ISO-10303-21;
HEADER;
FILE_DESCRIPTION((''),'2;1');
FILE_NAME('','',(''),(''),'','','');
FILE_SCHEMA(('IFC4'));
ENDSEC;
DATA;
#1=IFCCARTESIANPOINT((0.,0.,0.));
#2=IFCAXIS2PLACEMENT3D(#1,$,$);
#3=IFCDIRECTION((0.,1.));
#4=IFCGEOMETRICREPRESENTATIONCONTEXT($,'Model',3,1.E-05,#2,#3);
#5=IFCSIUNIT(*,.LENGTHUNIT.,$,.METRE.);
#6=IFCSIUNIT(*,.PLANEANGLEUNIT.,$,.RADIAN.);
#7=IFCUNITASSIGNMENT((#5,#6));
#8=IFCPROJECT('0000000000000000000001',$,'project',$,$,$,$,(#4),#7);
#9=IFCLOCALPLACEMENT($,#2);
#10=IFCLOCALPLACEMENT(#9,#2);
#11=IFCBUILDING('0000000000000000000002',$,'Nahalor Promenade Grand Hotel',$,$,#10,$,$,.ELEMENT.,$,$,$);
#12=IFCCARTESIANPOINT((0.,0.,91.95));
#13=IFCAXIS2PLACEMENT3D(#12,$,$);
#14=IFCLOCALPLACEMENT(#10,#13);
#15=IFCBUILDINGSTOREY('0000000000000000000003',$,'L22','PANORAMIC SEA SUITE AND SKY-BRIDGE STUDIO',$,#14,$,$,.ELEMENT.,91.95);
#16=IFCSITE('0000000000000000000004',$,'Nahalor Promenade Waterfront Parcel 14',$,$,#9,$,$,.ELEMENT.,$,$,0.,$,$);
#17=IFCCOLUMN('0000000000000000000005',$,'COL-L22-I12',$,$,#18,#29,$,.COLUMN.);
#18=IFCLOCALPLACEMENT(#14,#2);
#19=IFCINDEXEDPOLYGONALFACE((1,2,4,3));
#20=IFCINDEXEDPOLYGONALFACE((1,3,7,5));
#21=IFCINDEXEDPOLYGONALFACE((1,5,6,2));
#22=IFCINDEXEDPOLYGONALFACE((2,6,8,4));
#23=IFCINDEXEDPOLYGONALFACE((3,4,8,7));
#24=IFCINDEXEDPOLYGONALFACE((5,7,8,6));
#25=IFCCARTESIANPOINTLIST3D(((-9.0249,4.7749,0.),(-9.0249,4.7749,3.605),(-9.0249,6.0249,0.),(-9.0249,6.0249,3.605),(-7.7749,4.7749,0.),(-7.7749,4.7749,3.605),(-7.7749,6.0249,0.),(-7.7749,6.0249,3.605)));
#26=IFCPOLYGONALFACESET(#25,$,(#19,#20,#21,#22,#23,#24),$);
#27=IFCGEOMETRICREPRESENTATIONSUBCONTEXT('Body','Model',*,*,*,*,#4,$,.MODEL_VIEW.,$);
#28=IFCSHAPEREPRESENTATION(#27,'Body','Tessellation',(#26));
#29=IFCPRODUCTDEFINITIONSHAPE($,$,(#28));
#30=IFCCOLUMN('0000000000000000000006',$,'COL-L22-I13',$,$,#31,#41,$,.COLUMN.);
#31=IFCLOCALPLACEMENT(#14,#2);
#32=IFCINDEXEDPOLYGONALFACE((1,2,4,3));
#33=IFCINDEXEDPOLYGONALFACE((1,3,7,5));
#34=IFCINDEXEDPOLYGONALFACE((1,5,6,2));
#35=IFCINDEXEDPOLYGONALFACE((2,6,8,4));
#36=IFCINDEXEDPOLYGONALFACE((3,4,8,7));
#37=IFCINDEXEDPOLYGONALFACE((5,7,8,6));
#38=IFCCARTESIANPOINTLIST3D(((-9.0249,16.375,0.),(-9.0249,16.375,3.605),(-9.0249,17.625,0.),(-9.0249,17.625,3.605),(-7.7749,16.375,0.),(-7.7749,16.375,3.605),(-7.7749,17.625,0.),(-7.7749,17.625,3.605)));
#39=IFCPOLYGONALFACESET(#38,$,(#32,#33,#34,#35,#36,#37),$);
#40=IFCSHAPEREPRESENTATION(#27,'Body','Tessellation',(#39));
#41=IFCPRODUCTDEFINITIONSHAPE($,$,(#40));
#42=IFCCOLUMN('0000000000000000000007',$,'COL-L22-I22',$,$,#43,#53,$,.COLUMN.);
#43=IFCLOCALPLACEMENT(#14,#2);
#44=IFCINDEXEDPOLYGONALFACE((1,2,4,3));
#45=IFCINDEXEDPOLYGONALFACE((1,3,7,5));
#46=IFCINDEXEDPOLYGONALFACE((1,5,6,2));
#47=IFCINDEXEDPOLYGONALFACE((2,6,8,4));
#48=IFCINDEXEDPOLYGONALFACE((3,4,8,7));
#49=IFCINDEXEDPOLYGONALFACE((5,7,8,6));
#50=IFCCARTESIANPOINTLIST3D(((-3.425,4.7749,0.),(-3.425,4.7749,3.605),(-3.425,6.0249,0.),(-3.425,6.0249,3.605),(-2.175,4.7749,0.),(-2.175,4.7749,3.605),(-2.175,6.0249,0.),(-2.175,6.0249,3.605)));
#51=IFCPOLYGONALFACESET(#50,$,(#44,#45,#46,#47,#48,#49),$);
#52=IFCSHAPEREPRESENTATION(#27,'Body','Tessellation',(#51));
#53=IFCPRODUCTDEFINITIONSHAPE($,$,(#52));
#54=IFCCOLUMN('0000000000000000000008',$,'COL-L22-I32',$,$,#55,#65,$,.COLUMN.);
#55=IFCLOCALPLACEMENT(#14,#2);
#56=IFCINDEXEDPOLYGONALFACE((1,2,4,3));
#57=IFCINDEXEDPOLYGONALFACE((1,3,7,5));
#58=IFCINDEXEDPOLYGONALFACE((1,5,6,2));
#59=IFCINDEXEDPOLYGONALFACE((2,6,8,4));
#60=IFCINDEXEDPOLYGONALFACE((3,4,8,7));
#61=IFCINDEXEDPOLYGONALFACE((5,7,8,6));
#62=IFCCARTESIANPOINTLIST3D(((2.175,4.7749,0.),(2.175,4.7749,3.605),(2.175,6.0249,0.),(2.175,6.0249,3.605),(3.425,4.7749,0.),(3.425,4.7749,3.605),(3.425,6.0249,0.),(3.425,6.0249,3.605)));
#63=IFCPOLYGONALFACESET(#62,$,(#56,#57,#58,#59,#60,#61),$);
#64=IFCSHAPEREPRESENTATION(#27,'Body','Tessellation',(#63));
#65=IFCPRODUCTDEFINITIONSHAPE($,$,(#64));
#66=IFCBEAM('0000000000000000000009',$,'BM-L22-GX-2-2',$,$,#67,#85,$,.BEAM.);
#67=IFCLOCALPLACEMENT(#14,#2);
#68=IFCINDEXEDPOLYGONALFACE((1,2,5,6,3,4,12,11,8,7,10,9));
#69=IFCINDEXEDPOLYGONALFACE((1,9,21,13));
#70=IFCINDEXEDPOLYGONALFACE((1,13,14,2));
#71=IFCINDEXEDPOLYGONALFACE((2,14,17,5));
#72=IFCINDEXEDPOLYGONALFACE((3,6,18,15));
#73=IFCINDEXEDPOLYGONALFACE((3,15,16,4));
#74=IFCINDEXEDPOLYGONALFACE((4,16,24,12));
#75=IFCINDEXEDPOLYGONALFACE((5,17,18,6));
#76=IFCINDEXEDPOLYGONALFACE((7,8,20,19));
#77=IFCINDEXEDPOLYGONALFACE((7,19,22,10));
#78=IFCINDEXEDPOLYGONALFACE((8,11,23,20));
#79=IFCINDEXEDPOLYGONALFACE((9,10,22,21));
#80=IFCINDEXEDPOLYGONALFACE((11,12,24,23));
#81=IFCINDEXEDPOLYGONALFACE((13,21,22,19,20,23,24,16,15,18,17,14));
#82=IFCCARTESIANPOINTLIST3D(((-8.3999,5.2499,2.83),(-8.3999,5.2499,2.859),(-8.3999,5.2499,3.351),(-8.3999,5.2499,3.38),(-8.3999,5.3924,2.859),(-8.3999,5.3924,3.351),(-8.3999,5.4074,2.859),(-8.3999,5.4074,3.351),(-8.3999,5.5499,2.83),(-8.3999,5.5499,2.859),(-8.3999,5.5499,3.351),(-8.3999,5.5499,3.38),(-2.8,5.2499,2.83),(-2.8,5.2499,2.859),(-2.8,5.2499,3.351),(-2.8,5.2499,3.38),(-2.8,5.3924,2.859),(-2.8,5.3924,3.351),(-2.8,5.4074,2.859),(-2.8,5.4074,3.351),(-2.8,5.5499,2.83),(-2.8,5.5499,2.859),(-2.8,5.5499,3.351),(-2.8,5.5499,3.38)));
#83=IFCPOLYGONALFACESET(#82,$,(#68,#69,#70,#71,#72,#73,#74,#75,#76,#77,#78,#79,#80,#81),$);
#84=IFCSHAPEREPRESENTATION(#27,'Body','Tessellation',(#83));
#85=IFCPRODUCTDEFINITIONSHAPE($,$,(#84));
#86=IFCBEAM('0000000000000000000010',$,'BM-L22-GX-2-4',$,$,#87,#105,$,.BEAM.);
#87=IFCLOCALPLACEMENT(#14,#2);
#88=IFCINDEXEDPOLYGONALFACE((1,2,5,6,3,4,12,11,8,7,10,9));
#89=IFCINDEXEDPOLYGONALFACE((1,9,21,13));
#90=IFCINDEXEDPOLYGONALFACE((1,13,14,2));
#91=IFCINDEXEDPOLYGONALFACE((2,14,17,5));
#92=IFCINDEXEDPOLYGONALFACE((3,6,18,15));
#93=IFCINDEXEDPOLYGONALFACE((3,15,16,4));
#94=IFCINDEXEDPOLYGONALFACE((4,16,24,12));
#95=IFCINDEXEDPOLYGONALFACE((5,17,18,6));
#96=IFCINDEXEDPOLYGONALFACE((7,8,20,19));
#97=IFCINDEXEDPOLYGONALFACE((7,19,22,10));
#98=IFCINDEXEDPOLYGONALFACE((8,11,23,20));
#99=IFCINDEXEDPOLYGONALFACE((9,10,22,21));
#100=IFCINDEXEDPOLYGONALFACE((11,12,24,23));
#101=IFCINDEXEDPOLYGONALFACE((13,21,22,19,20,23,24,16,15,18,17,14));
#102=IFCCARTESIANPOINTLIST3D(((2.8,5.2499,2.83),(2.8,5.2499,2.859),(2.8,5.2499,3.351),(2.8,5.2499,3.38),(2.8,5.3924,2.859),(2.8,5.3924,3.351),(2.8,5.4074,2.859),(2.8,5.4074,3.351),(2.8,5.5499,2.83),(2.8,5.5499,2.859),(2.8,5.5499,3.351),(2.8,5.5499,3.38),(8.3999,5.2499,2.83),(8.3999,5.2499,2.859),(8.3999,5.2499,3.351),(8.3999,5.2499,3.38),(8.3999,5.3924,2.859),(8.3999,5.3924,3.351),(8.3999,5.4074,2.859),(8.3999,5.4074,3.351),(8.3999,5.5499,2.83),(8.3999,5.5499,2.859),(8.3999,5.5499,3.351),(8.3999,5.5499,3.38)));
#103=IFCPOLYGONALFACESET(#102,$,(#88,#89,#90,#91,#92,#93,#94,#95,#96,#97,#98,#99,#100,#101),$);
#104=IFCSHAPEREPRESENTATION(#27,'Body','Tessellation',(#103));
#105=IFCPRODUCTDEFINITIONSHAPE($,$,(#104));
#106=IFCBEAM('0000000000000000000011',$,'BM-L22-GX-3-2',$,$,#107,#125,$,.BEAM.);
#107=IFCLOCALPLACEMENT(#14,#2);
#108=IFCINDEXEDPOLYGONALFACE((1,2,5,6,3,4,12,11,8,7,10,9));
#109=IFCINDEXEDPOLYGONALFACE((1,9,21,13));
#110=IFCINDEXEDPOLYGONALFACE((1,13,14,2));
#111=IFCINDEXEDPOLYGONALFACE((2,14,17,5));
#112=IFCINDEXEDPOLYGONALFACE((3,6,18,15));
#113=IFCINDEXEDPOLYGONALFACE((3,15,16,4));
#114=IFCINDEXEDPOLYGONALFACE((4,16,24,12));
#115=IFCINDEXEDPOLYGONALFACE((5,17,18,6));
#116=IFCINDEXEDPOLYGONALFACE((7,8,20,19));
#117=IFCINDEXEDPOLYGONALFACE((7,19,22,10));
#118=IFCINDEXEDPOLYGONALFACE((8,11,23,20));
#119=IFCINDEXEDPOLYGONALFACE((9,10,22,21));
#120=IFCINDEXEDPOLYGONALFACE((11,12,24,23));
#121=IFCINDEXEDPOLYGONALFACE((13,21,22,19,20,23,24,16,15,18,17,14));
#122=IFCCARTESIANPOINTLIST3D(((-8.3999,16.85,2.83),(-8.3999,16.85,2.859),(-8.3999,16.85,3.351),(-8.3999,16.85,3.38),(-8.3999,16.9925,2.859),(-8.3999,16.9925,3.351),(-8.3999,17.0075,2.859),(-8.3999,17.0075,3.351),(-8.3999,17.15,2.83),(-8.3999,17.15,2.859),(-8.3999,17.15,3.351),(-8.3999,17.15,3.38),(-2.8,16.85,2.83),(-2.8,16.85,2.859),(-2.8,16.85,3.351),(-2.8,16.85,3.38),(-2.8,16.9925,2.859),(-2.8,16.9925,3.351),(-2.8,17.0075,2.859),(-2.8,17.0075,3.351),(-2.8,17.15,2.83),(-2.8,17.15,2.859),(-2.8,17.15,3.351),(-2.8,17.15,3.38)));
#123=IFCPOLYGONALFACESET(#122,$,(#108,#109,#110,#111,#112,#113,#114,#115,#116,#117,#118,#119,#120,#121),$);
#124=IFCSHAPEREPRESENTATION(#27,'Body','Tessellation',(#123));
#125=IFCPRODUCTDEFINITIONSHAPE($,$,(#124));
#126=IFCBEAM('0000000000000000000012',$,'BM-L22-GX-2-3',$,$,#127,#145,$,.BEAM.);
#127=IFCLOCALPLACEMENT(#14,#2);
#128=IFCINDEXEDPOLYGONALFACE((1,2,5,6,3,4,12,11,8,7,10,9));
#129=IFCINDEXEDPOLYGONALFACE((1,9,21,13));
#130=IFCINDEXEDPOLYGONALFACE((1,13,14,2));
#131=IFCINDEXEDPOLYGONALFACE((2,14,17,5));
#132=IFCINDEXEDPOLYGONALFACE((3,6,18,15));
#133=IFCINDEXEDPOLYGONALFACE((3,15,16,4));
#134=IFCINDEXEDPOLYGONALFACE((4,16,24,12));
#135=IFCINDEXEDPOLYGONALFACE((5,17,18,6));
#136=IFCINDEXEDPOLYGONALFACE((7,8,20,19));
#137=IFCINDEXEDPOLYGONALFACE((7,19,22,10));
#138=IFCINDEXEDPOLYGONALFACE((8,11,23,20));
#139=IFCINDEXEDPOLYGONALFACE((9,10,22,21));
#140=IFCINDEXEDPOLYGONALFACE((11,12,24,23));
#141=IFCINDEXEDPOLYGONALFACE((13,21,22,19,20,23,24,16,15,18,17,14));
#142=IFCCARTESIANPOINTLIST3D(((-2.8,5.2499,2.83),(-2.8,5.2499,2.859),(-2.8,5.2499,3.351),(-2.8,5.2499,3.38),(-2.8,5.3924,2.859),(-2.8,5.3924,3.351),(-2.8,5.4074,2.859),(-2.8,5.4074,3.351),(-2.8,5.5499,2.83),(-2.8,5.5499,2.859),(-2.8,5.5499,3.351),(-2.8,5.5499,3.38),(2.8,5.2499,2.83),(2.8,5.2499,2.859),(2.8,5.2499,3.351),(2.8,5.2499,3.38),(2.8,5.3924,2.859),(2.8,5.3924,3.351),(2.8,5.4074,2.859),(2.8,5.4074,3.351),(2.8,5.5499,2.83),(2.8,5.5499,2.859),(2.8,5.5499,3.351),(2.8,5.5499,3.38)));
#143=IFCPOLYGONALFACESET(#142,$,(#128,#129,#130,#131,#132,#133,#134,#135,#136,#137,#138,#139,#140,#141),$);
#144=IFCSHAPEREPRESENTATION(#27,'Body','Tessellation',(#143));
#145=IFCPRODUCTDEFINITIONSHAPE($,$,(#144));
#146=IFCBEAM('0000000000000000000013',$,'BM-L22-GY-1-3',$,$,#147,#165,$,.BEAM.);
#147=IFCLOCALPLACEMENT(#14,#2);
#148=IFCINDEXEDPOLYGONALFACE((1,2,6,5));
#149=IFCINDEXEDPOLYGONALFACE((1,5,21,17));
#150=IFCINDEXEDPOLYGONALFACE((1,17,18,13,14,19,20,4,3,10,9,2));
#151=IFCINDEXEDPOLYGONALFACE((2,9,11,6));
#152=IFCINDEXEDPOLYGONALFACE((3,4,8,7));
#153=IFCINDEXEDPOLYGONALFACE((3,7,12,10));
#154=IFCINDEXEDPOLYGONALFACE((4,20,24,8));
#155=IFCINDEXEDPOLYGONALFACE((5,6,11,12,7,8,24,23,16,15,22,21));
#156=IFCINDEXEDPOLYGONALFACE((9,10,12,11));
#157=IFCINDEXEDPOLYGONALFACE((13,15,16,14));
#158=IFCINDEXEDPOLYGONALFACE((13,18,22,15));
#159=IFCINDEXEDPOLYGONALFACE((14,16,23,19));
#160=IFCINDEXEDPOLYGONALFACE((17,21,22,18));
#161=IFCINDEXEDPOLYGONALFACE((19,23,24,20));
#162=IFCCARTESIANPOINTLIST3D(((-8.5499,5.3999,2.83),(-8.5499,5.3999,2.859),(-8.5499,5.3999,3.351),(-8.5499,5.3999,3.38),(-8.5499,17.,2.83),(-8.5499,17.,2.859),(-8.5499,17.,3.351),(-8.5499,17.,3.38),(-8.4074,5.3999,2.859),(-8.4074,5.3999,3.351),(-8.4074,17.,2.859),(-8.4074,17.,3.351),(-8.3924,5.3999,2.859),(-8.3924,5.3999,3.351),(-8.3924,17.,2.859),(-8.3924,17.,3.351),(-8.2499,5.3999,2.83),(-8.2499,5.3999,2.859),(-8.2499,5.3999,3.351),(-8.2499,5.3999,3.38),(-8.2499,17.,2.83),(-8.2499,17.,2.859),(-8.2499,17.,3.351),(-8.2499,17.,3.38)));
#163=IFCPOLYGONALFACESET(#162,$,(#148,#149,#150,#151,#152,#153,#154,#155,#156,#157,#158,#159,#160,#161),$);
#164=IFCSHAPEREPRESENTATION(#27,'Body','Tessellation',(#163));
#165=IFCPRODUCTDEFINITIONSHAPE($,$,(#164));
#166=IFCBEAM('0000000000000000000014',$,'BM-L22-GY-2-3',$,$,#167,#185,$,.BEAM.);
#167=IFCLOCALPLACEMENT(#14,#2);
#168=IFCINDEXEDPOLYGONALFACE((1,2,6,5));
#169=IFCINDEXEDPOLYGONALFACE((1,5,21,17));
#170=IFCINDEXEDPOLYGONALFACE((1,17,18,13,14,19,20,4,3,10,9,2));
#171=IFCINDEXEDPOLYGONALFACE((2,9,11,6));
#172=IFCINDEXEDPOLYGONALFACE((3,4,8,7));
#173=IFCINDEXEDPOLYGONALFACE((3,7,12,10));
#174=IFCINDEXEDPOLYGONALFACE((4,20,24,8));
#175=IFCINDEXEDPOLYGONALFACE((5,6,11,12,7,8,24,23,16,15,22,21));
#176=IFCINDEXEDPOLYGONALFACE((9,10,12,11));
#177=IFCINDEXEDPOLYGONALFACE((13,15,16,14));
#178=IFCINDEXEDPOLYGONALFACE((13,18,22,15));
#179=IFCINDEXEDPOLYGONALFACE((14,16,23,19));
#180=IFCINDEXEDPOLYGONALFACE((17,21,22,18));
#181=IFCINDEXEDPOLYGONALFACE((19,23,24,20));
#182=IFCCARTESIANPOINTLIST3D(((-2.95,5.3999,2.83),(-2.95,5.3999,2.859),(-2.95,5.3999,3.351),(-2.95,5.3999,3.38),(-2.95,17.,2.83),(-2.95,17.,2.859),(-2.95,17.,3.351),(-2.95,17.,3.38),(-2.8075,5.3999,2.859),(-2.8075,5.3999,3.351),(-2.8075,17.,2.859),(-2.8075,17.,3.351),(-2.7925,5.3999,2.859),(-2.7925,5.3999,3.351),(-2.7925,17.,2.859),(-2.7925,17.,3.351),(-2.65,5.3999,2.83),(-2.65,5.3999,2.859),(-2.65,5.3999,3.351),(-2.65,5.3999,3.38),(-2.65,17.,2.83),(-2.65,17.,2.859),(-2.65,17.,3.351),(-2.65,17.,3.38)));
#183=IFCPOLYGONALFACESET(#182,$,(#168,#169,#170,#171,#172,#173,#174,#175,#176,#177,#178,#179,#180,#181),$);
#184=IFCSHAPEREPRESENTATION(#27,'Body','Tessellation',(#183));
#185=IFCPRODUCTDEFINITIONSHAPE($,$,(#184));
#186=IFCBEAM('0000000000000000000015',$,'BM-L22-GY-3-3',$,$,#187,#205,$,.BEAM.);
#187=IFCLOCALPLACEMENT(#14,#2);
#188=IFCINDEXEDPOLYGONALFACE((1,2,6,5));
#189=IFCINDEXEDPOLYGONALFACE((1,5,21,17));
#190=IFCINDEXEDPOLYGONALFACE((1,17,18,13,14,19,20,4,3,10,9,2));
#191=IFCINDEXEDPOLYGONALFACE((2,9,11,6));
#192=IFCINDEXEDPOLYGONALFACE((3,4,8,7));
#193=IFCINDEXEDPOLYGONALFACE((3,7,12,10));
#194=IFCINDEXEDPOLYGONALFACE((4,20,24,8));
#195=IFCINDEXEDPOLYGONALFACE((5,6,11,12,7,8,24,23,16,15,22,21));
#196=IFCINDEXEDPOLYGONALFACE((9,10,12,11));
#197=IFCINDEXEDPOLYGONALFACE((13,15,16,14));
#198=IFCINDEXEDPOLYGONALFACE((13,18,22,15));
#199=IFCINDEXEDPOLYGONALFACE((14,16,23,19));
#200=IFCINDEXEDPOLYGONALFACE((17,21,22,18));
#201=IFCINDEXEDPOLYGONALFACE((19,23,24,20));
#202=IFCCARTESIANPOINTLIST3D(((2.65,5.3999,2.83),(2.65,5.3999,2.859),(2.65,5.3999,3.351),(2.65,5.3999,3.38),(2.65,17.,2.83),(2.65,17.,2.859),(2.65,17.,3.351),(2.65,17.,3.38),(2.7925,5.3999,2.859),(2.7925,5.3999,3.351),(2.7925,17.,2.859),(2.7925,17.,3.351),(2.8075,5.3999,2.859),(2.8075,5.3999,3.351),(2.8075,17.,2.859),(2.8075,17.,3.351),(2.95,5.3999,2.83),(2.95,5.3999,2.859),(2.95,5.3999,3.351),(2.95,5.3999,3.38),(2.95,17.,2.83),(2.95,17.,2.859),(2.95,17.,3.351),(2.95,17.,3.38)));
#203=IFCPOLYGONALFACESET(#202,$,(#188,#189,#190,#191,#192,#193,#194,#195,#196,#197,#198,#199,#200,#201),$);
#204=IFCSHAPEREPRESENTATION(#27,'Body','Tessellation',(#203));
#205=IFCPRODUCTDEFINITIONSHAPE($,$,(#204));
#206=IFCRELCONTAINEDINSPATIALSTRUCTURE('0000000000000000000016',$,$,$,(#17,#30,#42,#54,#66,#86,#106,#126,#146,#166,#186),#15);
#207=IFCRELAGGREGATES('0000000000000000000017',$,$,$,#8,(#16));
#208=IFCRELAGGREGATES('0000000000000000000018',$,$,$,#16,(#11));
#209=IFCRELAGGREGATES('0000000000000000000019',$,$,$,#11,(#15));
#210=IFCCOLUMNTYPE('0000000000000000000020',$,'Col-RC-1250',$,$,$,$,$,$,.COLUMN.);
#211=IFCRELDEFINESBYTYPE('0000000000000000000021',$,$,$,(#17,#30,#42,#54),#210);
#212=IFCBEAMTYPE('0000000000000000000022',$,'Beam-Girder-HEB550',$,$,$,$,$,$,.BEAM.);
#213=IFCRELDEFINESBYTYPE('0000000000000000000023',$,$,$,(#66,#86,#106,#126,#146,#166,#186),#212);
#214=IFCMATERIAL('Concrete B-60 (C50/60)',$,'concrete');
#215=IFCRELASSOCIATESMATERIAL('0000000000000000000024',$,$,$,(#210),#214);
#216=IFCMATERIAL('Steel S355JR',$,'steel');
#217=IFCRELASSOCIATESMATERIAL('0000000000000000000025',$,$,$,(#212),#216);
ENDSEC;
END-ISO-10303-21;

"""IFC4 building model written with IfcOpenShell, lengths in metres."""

from ifc_helpers import new_model, si_unit, direction, frame, origin, origin_2d, place, context, subcontext, project, spatial, rectangle, i_section, extrude, source, transform, mapped, material, material_profile, profile_set, type_object, element, save


model = new_model("IFC4")

# Units and contexts
model_context = context("Model", 3, precision=1e-05, world=origin(), true_north=direction((0.0, 1.0)))
body_context = subcontext(model_context, "Body", "Model", "MODEL_VIEW")
ifc_project = project(units=[si_unit("LENGTHUNIT", "METRE"), si_unit("PLANEANGLEUNIT", "RADIAN")], contexts=[model_context])

# Site, building, storey
site_placement = place(None, origin())
site = spatial("IfcSite", under=ifc_project, at=site_placement, Name="Nahalor Promenade Waterfront Parcel 14", CompositionType="ELEMENT", RefElevation=0.0)
building_placement = place(site_placement, origin())
building = spatial("IfcBuilding", under=site, at=building_placement, Name="Nahalor Promenade Grand Hotel", CompositionType="ELEMENT")
storey_placement = place(building_placement, frame((0.0, 0.0, 91.95)))
storey = spatial("IfcBuildingStorey", under=building, at=storey_placement, Name="L22", Description="PANORAMIC SEA SUITE AND SKY-BRIDGE STUDIO", CompositionType="ELEMENT", Elevation=91.95)

# Columns
ifc_material_1 = material(Name="Concrete B-60 (C50/60)", Category="concrete")
ifc_material_profile_1 = material_profile(ifc_material_1, rectangle(XDim=1.25, YDim=1.25, at=origin_2d()), Name="RC 1250x1250")
ifc_profile_set_1 = profile_set([ifc_material_profile_1], Name="Concrete B-60 (C50/60)")
column_type = type_object("IfcColumnType", Name="Col-RC-1250", PredefinedType="COLUMN", material=ifc_profile_set_1)
shared_shape_1 = source(origin(), body_context, "Body", "SweptSolid", [
    extrude(rectangle(XDim=1.25, YDim=1.25, at=origin_2d()), origin(), (0.0, 0.0, 1.0), 3.605),
])
for number, where, z_axis, x_axis, name in (
    (1, (-8.3999, 5.3999, 0.0), (0.0, 0.0, 1.0), (1.0, 0.0, 0.0), "COL-L22-I12"),
    (2, (-8.3999, 17.0, 0.0), (0.0, 0.0, 1.0), (1.0, 0.0, 0.0), "COL-L22-I13"),
    (3, (-2.8, 5.3999, 0.0), (0.0, 0.0, 1.0), (1.0, 0.0, 0.0), "COL-L22-I22"),
    (4, (2.8, 5.3999, 0.0), (0.0, 0.0, 1.0), (1.0, 0.0, 0.0), "COL-L22-I32"),
):
    element("IfcColumn", number, at=place(storey_placement, frame(where, z_axis=z_axis, x_axis=x_axis)), inside=storey, type_object=column_type, Name=name, PredefinedType="COLUMN", context=body_context, shape_type="MappedRepresentation", body=[
        mapped(shared_shape_1, transform((0.0, 0.0, 0.0), scale=1.0)),
    ])

# Beams
ifc_material_2 = material(Name="Steel S355JR", Category="steel")
ifc_material_profile_2 = material_profile(ifc_material_2, i_section(OverallWidth=0.3, OverallDepth=0.55, WebThickness=0.015, FlangeThickness=0.029, at=origin_2d()), Name="HEB 550")
ifc_profile_set_2 = profile_set([ifc_material_profile_2], Name="Steel S355JR")
beam_type_1 = type_object("IfcBeamType", Name="Beam-Girder-HEB550", PredefinedType="BEAM", material=ifc_profile_set_2)
shared_shape_2 = source(origin(), body_context, "Body", "SweptSolid", [
    extrude(i_section(OverallWidth=0.3, OverallDepth=0.55, WebThickness=0.015, FlangeThickness=0.029, at=origin_2d()), origin(), (0.0, 0.0, 1.0), 5.5999),
])
for number, where, z_axis, x_axis, name in (
    (5, (-8.3999, 5.3999, 3.105), (1.0, 0.0, 0.0), (0.0, 1.0, 0.0), "BM-L22-GX-2-2"),
    (6, (2.8, 5.3999, 3.105), (1.0, 0.0, 0.0), (0.0, 1.0, 0.0), "BM-L22-GX-2-4"),
    (7, (-8.3999, 17.0, 3.105), (1.0, 0.0, 0.0), (0.0, 1.0, 0.0), "BM-L22-GX-3-2"),
):
    element("IfcBeam", number, at=place(storey_placement, frame(where, z_axis=z_axis, x_axis=x_axis)), inside=storey, type_object=beam_type_1, Name=name, PredefinedType="BEAM", context=body_context, shape_type="MappedRepresentation", body=[
        mapped(shared_shape_2, transform((0.0, 0.0, 0.0), scale=1.0)),
    ])
shared_shape_3 = source(origin(), body_context, "Body", "SweptSolid", [
    extrude(i_section(OverallWidth=0.3, OverallDepth=0.55, WebThickness=0.015, FlangeThickness=0.029, at=origin_2d()), origin(), (0.0, 0.0, 1.0), 5.6001),
])
beam_placement = place(storey_placement, frame((-2.8, 5.3999, 3.105), z_axis=(1.0, 0.0, 0.0), x_axis=(0.0, 1.0, 0.0)))
element("IfcBeam", 8, at=beam_placement, inside=storey, type_object=beam_type_1, Name="BM-L22-GX-2-3", PredefinedType="BEAM", context=body_context, shape_type="MappedRepresentation", body=[
    mapped(shared_shape_3, transform((0.0, 0.0, 0.0), scale=1.0)),
])
shared_shape_4 = source(origin(), body_context, "Body", "SweptSolid", [
    extrude(i_section(OverallWidth=0.3, OverallDepth=0.55, WebThickness=0.015, FlangeThickness=0.029, at=origin_2d()), origin(), (0.0, 0.0, 1.0), 11.6001),
])
for number, where, z_axis, x_axis, name in (
    (9, (-8.3999, 5.3999, 3.105), (0.0, 1.0, 0.0), (-1.0, 0.0, 0.0), "BM-L22-GY-1-3"),
    (10, (-2.8, 5.3999, 3.105), (0.0, 1.0, 0.0), (-1.0, 0.0, 0.0), "BM-L22-GY-2-3"),
    (11, (2.8, 5.3999, 3.105), (0.0, 1.0, 0.0), (-1.0, 0.0, 0.0), "BM-L22-GY-3-3"),
):
    element("IfcBeam", number, at=place(storey_placement, frame(where, z_axis=z_axis, x_axis=x_axis)), inside=storey, type_object=beam_type_1, Name=name, PredefinedType="BEAM", context=body_context, shape_type="MappedRepresentation", body=[
        mapped(shared_shape_4, transform((0.0, 0.0, 0.0), scale=1.0)),
    ])

save(model, "model.ifc")
